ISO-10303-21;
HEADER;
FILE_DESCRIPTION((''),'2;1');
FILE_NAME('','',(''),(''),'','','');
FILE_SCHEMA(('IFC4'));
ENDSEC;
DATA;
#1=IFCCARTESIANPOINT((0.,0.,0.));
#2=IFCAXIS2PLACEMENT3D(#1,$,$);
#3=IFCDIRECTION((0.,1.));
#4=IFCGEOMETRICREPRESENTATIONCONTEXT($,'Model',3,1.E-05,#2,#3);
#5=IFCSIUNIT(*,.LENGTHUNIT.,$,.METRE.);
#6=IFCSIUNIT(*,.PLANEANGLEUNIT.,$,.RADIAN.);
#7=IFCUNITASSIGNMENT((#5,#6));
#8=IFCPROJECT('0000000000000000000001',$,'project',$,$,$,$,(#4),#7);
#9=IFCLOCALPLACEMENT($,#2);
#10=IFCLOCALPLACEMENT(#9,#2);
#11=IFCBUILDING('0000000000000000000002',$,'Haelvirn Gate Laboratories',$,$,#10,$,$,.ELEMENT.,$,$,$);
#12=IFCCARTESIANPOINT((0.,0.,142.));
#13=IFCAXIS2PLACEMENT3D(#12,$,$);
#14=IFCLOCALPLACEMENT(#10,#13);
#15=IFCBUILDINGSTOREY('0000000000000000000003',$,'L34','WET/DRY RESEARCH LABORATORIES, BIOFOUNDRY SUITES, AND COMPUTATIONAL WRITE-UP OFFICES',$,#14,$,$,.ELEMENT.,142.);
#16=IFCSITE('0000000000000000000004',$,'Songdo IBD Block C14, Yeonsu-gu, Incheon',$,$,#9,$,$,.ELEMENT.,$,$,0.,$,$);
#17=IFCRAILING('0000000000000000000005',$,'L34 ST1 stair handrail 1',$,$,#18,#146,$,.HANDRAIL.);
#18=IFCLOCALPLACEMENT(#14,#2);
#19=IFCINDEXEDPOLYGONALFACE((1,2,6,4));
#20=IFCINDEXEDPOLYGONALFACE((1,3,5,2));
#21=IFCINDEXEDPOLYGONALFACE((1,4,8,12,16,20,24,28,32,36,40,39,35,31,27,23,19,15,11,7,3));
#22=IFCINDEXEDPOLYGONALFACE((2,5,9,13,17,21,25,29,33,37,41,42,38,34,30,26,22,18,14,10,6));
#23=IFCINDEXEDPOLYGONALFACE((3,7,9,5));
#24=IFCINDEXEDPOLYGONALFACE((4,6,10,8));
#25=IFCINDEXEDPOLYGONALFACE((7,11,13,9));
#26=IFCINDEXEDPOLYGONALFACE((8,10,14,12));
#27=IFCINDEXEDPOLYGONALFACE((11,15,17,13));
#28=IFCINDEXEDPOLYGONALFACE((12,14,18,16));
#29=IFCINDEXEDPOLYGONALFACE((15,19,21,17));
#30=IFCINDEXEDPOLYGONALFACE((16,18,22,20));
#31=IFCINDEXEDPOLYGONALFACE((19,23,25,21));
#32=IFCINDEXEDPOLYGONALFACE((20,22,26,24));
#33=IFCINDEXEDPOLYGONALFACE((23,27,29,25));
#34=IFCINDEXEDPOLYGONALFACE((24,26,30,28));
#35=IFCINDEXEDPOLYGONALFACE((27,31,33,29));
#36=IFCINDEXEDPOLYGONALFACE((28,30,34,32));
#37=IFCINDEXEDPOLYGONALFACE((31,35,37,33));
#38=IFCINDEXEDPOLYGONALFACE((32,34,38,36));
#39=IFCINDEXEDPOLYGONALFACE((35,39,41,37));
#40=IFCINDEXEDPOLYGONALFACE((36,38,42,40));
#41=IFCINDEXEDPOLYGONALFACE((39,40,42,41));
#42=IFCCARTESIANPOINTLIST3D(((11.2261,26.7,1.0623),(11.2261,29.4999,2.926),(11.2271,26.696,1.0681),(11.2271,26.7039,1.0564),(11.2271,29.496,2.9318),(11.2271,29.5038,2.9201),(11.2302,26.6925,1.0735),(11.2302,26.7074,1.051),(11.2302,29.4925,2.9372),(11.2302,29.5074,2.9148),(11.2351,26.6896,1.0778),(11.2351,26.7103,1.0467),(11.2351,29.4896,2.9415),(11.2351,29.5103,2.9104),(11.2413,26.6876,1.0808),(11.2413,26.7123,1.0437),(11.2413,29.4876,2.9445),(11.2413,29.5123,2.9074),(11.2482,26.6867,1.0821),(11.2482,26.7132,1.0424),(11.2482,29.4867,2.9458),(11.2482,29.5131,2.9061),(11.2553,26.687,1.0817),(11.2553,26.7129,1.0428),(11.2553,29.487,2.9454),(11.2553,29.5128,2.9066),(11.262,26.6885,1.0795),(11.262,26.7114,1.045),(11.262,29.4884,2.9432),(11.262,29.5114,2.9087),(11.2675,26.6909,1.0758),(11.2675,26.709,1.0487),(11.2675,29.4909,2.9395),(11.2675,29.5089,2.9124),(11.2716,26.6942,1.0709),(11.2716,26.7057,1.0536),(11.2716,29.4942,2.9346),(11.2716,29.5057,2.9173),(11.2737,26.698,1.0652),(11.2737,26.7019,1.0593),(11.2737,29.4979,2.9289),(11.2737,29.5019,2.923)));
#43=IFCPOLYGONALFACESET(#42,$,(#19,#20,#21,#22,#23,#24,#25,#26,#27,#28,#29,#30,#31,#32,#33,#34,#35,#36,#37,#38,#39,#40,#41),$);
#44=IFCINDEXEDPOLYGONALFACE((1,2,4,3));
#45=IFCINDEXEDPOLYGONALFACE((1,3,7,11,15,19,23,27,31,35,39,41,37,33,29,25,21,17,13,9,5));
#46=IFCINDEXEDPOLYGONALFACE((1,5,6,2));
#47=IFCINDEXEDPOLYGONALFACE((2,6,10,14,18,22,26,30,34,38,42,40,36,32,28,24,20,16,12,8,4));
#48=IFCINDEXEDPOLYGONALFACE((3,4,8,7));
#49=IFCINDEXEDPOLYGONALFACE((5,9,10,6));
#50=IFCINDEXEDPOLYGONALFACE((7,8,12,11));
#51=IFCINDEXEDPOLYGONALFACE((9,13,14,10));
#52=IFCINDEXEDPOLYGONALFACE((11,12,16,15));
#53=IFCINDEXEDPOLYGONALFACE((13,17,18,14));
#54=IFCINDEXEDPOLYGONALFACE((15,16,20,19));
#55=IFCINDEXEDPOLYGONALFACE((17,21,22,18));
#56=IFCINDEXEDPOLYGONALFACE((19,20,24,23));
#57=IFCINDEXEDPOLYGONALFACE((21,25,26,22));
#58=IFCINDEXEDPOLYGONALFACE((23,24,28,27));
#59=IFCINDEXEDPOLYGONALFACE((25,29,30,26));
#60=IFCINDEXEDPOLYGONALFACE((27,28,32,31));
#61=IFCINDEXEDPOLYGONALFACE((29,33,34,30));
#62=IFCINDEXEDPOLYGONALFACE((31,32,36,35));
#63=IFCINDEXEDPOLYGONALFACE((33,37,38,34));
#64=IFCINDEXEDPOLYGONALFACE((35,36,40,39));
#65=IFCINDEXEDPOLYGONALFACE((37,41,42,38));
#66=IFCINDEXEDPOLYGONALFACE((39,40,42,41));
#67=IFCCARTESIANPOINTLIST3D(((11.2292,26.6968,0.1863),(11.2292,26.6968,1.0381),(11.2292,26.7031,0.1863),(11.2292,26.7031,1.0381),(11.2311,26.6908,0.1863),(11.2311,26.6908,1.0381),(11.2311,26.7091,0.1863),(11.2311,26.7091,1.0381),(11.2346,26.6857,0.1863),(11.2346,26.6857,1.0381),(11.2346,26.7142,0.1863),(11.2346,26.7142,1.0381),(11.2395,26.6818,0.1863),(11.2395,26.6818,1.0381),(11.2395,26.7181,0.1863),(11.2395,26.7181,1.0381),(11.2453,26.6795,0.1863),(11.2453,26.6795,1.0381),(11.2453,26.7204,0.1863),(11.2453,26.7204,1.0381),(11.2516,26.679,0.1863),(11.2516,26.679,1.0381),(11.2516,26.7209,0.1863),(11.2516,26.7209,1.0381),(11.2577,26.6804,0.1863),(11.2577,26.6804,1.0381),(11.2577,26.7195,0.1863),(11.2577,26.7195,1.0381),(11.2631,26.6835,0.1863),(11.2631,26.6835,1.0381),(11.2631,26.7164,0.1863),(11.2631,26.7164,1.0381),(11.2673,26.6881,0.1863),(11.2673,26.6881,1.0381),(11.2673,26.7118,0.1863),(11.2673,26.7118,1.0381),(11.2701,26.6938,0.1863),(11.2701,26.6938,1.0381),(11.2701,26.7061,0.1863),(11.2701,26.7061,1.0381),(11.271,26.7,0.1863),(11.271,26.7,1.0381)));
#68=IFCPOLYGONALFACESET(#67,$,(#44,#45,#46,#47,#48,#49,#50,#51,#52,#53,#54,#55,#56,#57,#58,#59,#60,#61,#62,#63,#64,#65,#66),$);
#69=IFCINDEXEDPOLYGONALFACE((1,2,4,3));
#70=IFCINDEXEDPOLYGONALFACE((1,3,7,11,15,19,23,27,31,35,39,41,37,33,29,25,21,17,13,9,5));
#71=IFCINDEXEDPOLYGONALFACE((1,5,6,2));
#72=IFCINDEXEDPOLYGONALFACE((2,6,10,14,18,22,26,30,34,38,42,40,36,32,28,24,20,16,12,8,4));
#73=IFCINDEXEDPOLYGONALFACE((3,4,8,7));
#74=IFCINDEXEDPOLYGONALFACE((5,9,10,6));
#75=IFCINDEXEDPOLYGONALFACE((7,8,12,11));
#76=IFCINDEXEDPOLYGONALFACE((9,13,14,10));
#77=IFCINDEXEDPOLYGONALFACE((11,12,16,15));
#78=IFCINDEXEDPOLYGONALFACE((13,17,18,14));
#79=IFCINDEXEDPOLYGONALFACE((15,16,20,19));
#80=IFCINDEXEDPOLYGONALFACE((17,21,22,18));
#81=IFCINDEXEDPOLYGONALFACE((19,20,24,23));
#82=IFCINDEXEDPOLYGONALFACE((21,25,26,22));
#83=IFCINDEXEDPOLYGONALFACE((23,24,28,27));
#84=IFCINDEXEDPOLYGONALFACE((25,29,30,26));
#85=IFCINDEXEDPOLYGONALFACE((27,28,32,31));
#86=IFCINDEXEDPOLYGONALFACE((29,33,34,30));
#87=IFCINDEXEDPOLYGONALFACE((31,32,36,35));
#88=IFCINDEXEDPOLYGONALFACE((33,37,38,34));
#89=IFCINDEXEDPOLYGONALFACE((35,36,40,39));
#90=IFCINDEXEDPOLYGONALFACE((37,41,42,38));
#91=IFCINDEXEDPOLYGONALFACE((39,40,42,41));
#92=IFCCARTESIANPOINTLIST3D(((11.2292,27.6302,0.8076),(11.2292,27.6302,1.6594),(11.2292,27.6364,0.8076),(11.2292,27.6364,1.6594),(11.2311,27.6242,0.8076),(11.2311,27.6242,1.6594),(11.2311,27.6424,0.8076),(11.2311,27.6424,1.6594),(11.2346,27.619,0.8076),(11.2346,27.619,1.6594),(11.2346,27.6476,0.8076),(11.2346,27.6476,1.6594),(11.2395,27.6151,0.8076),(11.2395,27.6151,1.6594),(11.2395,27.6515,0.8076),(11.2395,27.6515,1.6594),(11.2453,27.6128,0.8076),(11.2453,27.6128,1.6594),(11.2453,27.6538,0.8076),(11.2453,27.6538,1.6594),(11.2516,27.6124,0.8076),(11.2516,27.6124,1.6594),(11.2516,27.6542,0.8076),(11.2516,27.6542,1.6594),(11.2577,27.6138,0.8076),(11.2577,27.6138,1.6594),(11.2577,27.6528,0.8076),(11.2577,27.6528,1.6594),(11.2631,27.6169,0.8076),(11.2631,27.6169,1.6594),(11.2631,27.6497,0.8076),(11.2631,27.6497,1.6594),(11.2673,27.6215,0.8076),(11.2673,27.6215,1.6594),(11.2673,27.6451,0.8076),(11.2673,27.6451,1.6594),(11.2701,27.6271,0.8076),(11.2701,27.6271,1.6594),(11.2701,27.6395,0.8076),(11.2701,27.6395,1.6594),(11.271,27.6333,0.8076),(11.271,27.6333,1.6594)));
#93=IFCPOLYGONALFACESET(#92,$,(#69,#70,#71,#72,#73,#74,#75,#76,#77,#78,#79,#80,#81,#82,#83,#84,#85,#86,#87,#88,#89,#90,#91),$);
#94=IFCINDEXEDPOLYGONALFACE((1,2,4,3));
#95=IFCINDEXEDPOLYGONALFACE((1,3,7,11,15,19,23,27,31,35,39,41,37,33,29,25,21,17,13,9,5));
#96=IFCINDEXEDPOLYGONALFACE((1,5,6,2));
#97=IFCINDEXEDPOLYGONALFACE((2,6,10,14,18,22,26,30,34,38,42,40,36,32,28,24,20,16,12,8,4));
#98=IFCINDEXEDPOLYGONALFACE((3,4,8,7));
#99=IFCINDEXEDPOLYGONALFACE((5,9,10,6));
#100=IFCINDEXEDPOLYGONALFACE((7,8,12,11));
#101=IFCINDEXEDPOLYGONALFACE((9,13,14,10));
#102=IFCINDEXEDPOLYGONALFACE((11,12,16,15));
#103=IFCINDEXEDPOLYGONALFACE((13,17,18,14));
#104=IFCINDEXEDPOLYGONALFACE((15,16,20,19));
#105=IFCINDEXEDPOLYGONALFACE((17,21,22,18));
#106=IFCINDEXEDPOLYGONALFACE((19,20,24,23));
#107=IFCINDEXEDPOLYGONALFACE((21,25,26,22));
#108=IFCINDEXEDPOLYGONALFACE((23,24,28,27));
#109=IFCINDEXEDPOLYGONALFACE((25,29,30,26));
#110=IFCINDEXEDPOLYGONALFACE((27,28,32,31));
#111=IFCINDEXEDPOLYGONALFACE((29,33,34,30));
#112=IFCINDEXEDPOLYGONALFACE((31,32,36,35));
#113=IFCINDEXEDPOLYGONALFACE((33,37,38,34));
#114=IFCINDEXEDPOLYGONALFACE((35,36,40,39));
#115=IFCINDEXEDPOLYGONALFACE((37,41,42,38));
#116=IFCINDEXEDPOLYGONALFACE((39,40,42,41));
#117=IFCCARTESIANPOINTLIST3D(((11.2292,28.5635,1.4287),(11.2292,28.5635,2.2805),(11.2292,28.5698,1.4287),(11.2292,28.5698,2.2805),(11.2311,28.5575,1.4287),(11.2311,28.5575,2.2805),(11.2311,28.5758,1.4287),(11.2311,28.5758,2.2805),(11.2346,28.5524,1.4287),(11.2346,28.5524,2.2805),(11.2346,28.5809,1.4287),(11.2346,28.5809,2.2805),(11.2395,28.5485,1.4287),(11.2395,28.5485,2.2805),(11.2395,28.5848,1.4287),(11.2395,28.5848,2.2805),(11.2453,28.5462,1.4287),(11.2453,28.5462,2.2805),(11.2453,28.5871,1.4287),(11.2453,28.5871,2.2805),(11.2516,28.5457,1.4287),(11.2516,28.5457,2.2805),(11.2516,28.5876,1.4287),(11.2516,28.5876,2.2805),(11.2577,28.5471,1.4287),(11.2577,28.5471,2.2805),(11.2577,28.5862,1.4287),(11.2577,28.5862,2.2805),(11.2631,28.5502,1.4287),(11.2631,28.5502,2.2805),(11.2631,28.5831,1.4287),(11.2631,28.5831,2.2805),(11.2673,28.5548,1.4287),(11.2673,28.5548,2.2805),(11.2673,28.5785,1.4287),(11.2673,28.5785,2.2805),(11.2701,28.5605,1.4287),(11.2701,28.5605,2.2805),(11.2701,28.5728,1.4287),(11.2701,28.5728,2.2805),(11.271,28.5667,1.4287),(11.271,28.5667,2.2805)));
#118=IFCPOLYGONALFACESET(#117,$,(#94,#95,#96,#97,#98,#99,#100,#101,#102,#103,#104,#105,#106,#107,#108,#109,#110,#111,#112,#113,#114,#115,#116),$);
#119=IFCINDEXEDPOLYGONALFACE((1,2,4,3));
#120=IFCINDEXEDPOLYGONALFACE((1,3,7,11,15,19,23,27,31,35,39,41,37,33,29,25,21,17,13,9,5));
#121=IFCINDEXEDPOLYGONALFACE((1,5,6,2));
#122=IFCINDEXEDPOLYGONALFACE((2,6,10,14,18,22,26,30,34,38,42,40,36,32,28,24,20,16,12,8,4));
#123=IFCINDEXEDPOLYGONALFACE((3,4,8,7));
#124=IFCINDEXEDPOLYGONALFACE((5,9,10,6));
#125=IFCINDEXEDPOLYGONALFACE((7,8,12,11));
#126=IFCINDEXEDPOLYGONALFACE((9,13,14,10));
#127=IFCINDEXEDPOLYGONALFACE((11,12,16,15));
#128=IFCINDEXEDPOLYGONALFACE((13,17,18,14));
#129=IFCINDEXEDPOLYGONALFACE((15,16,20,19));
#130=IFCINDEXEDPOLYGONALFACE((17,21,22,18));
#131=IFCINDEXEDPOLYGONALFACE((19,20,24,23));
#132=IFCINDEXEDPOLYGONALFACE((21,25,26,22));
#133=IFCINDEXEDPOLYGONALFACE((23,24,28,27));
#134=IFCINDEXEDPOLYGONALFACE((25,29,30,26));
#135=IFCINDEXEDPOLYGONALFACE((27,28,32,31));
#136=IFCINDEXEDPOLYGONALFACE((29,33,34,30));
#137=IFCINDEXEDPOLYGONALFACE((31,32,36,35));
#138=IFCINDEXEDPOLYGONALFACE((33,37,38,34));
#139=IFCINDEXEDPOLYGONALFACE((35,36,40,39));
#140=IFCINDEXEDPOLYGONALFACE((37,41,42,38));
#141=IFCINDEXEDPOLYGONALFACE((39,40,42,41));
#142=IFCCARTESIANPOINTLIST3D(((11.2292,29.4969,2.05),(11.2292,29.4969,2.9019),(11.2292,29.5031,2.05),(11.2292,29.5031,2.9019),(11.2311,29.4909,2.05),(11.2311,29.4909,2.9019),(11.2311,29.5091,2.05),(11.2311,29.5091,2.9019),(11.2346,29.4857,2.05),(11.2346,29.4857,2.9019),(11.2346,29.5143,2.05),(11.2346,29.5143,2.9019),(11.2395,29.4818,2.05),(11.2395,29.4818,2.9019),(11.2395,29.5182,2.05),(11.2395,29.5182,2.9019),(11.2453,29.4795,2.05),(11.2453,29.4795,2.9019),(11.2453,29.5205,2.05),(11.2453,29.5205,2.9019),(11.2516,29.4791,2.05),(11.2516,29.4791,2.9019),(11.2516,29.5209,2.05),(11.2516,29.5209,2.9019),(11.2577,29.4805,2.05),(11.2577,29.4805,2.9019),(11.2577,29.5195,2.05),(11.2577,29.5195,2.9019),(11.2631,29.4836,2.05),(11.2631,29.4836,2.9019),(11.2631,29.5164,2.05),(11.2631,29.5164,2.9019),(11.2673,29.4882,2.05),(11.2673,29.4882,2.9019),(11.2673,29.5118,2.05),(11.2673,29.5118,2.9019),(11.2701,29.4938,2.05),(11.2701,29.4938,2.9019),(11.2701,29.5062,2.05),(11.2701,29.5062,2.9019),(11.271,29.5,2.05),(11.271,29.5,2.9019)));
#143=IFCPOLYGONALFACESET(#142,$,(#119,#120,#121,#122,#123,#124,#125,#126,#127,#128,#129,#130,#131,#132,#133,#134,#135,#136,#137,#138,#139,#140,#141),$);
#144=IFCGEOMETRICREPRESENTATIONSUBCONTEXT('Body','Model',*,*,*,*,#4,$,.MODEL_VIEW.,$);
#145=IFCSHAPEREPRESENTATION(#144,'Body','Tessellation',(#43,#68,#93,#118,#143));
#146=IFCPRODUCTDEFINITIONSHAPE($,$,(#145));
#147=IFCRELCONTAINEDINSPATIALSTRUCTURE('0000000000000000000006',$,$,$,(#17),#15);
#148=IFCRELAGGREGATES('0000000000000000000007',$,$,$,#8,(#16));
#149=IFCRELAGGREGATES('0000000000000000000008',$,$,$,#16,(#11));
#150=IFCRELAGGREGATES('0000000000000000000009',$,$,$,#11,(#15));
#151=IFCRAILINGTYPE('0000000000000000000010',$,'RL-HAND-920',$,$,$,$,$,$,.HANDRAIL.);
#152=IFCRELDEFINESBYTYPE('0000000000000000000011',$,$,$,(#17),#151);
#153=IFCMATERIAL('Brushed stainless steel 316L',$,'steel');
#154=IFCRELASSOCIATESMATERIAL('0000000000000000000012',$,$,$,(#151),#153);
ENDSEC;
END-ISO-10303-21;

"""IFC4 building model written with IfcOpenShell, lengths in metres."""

from ifc_helpers import new_model, si_unit, direction, frame, origin, origin_2d, place, context, subcontext, project, spatial, circle, extrude, source, transform, mapped, material, type_object, element, save


model = new_model("IFC4")

# Units and contexts
model_context = context("Model", 3, precision=1e-05, world=origin(), true_north=direction((0.0, 1.0)))
body_context = subcontext(model_context, "Body", "Model", "MODEL_VIEW")
ifc_project = project(units=[si_unit("LENGTHUNIT", "METRE"), si_unit("PLANEANGLEUNIT", "RADIAN")], contexts=[model_context])

# Site, building, storey
site_placement = place(None, origin())
site = spatial("IfcSite", under=ifc_project, at=site_placement, Name="Songdo IBD Block C14, Yeonsu-gu, Incheon", CompositionType="ELEMENT", RefElevation=0.0)
building_placement = place(site_placement, origin())
building = spatial("IfcBuilding", under=site, at=building_placement, Name="Haelvirn Gate Laboratories", CompositionType="ELEMENT")
storey_placement = place(building_placement, frame((0.0, 0.0, 142.0)))
storey = spatial("IfcBuildingStorey", under=building, at=storey_placement, Name="L34", Description="WET/DRY RESEARCH LABORATORIES, BIOFOUNDRY SUITES, AND COMPUTATIONAL WRITE-UP OFFICES", CompositionType="ELEMENT", Elevation=142.0)

# Railing
ifc_material_1 = material(Name="Brushed stainless steel 316L", Category="steel")
railing_type_1 = type_object("IfcRailingType", Name="RL-HAND-920", PredefinedType="HANDRAIL", material=ifc_material_1)
shared_shape_1 = source(origin(), body_context, "Body", "SweptSolid", [
    extrude(circle(Radius=0.0239, at=origin_2d()), frame((0.0, 0.0, 0.876), z_axis=(0.0, 0.832452, 0.554097), x_axis=(-1.0, 0.0, 0.0)), (0.0, 0.0, 1.0), 3.3635),
    extrude(circle(Radius=0.021, at=origin_2d()), origin(), (0.0, 0.0, 1.0), 0.8518),
    extrude(circle(Radius=0.021, at=origin_2d()), frame((0.0, 0.9333, 0.6213)), (0.0, 0.0, 1.0), 0.8518),
    extrude(circle(Radius=0.021, at=origin_2d()), frame((0.0, 1.8667, 1.2424)), (0.0, 0.0, 1.0), 0.8518),
    extrude(circle(Radius=0.021, at=origin_2d()), frame((0.0, 2.8, 1.8638)), (0.0, 0.0, 1.0), 0.8518),
])
railing_1_placement = place(storey_placement, frame((11.25, 26.7, 0.1863)))
element("IfcRailing", 1, at=railing_1_placement, inside=storey, type_object=railing_type_1, Name="L34 ST1 stair handrail 1", PredefinedType="HANDRAIL", context=body_context, shape_type="MappedRepresentation", body=[
    mapped(shared_shape_1, transform((0.0, 0.0, 0.0), scale=1.0)),
])

save(model, "model.ifc")
